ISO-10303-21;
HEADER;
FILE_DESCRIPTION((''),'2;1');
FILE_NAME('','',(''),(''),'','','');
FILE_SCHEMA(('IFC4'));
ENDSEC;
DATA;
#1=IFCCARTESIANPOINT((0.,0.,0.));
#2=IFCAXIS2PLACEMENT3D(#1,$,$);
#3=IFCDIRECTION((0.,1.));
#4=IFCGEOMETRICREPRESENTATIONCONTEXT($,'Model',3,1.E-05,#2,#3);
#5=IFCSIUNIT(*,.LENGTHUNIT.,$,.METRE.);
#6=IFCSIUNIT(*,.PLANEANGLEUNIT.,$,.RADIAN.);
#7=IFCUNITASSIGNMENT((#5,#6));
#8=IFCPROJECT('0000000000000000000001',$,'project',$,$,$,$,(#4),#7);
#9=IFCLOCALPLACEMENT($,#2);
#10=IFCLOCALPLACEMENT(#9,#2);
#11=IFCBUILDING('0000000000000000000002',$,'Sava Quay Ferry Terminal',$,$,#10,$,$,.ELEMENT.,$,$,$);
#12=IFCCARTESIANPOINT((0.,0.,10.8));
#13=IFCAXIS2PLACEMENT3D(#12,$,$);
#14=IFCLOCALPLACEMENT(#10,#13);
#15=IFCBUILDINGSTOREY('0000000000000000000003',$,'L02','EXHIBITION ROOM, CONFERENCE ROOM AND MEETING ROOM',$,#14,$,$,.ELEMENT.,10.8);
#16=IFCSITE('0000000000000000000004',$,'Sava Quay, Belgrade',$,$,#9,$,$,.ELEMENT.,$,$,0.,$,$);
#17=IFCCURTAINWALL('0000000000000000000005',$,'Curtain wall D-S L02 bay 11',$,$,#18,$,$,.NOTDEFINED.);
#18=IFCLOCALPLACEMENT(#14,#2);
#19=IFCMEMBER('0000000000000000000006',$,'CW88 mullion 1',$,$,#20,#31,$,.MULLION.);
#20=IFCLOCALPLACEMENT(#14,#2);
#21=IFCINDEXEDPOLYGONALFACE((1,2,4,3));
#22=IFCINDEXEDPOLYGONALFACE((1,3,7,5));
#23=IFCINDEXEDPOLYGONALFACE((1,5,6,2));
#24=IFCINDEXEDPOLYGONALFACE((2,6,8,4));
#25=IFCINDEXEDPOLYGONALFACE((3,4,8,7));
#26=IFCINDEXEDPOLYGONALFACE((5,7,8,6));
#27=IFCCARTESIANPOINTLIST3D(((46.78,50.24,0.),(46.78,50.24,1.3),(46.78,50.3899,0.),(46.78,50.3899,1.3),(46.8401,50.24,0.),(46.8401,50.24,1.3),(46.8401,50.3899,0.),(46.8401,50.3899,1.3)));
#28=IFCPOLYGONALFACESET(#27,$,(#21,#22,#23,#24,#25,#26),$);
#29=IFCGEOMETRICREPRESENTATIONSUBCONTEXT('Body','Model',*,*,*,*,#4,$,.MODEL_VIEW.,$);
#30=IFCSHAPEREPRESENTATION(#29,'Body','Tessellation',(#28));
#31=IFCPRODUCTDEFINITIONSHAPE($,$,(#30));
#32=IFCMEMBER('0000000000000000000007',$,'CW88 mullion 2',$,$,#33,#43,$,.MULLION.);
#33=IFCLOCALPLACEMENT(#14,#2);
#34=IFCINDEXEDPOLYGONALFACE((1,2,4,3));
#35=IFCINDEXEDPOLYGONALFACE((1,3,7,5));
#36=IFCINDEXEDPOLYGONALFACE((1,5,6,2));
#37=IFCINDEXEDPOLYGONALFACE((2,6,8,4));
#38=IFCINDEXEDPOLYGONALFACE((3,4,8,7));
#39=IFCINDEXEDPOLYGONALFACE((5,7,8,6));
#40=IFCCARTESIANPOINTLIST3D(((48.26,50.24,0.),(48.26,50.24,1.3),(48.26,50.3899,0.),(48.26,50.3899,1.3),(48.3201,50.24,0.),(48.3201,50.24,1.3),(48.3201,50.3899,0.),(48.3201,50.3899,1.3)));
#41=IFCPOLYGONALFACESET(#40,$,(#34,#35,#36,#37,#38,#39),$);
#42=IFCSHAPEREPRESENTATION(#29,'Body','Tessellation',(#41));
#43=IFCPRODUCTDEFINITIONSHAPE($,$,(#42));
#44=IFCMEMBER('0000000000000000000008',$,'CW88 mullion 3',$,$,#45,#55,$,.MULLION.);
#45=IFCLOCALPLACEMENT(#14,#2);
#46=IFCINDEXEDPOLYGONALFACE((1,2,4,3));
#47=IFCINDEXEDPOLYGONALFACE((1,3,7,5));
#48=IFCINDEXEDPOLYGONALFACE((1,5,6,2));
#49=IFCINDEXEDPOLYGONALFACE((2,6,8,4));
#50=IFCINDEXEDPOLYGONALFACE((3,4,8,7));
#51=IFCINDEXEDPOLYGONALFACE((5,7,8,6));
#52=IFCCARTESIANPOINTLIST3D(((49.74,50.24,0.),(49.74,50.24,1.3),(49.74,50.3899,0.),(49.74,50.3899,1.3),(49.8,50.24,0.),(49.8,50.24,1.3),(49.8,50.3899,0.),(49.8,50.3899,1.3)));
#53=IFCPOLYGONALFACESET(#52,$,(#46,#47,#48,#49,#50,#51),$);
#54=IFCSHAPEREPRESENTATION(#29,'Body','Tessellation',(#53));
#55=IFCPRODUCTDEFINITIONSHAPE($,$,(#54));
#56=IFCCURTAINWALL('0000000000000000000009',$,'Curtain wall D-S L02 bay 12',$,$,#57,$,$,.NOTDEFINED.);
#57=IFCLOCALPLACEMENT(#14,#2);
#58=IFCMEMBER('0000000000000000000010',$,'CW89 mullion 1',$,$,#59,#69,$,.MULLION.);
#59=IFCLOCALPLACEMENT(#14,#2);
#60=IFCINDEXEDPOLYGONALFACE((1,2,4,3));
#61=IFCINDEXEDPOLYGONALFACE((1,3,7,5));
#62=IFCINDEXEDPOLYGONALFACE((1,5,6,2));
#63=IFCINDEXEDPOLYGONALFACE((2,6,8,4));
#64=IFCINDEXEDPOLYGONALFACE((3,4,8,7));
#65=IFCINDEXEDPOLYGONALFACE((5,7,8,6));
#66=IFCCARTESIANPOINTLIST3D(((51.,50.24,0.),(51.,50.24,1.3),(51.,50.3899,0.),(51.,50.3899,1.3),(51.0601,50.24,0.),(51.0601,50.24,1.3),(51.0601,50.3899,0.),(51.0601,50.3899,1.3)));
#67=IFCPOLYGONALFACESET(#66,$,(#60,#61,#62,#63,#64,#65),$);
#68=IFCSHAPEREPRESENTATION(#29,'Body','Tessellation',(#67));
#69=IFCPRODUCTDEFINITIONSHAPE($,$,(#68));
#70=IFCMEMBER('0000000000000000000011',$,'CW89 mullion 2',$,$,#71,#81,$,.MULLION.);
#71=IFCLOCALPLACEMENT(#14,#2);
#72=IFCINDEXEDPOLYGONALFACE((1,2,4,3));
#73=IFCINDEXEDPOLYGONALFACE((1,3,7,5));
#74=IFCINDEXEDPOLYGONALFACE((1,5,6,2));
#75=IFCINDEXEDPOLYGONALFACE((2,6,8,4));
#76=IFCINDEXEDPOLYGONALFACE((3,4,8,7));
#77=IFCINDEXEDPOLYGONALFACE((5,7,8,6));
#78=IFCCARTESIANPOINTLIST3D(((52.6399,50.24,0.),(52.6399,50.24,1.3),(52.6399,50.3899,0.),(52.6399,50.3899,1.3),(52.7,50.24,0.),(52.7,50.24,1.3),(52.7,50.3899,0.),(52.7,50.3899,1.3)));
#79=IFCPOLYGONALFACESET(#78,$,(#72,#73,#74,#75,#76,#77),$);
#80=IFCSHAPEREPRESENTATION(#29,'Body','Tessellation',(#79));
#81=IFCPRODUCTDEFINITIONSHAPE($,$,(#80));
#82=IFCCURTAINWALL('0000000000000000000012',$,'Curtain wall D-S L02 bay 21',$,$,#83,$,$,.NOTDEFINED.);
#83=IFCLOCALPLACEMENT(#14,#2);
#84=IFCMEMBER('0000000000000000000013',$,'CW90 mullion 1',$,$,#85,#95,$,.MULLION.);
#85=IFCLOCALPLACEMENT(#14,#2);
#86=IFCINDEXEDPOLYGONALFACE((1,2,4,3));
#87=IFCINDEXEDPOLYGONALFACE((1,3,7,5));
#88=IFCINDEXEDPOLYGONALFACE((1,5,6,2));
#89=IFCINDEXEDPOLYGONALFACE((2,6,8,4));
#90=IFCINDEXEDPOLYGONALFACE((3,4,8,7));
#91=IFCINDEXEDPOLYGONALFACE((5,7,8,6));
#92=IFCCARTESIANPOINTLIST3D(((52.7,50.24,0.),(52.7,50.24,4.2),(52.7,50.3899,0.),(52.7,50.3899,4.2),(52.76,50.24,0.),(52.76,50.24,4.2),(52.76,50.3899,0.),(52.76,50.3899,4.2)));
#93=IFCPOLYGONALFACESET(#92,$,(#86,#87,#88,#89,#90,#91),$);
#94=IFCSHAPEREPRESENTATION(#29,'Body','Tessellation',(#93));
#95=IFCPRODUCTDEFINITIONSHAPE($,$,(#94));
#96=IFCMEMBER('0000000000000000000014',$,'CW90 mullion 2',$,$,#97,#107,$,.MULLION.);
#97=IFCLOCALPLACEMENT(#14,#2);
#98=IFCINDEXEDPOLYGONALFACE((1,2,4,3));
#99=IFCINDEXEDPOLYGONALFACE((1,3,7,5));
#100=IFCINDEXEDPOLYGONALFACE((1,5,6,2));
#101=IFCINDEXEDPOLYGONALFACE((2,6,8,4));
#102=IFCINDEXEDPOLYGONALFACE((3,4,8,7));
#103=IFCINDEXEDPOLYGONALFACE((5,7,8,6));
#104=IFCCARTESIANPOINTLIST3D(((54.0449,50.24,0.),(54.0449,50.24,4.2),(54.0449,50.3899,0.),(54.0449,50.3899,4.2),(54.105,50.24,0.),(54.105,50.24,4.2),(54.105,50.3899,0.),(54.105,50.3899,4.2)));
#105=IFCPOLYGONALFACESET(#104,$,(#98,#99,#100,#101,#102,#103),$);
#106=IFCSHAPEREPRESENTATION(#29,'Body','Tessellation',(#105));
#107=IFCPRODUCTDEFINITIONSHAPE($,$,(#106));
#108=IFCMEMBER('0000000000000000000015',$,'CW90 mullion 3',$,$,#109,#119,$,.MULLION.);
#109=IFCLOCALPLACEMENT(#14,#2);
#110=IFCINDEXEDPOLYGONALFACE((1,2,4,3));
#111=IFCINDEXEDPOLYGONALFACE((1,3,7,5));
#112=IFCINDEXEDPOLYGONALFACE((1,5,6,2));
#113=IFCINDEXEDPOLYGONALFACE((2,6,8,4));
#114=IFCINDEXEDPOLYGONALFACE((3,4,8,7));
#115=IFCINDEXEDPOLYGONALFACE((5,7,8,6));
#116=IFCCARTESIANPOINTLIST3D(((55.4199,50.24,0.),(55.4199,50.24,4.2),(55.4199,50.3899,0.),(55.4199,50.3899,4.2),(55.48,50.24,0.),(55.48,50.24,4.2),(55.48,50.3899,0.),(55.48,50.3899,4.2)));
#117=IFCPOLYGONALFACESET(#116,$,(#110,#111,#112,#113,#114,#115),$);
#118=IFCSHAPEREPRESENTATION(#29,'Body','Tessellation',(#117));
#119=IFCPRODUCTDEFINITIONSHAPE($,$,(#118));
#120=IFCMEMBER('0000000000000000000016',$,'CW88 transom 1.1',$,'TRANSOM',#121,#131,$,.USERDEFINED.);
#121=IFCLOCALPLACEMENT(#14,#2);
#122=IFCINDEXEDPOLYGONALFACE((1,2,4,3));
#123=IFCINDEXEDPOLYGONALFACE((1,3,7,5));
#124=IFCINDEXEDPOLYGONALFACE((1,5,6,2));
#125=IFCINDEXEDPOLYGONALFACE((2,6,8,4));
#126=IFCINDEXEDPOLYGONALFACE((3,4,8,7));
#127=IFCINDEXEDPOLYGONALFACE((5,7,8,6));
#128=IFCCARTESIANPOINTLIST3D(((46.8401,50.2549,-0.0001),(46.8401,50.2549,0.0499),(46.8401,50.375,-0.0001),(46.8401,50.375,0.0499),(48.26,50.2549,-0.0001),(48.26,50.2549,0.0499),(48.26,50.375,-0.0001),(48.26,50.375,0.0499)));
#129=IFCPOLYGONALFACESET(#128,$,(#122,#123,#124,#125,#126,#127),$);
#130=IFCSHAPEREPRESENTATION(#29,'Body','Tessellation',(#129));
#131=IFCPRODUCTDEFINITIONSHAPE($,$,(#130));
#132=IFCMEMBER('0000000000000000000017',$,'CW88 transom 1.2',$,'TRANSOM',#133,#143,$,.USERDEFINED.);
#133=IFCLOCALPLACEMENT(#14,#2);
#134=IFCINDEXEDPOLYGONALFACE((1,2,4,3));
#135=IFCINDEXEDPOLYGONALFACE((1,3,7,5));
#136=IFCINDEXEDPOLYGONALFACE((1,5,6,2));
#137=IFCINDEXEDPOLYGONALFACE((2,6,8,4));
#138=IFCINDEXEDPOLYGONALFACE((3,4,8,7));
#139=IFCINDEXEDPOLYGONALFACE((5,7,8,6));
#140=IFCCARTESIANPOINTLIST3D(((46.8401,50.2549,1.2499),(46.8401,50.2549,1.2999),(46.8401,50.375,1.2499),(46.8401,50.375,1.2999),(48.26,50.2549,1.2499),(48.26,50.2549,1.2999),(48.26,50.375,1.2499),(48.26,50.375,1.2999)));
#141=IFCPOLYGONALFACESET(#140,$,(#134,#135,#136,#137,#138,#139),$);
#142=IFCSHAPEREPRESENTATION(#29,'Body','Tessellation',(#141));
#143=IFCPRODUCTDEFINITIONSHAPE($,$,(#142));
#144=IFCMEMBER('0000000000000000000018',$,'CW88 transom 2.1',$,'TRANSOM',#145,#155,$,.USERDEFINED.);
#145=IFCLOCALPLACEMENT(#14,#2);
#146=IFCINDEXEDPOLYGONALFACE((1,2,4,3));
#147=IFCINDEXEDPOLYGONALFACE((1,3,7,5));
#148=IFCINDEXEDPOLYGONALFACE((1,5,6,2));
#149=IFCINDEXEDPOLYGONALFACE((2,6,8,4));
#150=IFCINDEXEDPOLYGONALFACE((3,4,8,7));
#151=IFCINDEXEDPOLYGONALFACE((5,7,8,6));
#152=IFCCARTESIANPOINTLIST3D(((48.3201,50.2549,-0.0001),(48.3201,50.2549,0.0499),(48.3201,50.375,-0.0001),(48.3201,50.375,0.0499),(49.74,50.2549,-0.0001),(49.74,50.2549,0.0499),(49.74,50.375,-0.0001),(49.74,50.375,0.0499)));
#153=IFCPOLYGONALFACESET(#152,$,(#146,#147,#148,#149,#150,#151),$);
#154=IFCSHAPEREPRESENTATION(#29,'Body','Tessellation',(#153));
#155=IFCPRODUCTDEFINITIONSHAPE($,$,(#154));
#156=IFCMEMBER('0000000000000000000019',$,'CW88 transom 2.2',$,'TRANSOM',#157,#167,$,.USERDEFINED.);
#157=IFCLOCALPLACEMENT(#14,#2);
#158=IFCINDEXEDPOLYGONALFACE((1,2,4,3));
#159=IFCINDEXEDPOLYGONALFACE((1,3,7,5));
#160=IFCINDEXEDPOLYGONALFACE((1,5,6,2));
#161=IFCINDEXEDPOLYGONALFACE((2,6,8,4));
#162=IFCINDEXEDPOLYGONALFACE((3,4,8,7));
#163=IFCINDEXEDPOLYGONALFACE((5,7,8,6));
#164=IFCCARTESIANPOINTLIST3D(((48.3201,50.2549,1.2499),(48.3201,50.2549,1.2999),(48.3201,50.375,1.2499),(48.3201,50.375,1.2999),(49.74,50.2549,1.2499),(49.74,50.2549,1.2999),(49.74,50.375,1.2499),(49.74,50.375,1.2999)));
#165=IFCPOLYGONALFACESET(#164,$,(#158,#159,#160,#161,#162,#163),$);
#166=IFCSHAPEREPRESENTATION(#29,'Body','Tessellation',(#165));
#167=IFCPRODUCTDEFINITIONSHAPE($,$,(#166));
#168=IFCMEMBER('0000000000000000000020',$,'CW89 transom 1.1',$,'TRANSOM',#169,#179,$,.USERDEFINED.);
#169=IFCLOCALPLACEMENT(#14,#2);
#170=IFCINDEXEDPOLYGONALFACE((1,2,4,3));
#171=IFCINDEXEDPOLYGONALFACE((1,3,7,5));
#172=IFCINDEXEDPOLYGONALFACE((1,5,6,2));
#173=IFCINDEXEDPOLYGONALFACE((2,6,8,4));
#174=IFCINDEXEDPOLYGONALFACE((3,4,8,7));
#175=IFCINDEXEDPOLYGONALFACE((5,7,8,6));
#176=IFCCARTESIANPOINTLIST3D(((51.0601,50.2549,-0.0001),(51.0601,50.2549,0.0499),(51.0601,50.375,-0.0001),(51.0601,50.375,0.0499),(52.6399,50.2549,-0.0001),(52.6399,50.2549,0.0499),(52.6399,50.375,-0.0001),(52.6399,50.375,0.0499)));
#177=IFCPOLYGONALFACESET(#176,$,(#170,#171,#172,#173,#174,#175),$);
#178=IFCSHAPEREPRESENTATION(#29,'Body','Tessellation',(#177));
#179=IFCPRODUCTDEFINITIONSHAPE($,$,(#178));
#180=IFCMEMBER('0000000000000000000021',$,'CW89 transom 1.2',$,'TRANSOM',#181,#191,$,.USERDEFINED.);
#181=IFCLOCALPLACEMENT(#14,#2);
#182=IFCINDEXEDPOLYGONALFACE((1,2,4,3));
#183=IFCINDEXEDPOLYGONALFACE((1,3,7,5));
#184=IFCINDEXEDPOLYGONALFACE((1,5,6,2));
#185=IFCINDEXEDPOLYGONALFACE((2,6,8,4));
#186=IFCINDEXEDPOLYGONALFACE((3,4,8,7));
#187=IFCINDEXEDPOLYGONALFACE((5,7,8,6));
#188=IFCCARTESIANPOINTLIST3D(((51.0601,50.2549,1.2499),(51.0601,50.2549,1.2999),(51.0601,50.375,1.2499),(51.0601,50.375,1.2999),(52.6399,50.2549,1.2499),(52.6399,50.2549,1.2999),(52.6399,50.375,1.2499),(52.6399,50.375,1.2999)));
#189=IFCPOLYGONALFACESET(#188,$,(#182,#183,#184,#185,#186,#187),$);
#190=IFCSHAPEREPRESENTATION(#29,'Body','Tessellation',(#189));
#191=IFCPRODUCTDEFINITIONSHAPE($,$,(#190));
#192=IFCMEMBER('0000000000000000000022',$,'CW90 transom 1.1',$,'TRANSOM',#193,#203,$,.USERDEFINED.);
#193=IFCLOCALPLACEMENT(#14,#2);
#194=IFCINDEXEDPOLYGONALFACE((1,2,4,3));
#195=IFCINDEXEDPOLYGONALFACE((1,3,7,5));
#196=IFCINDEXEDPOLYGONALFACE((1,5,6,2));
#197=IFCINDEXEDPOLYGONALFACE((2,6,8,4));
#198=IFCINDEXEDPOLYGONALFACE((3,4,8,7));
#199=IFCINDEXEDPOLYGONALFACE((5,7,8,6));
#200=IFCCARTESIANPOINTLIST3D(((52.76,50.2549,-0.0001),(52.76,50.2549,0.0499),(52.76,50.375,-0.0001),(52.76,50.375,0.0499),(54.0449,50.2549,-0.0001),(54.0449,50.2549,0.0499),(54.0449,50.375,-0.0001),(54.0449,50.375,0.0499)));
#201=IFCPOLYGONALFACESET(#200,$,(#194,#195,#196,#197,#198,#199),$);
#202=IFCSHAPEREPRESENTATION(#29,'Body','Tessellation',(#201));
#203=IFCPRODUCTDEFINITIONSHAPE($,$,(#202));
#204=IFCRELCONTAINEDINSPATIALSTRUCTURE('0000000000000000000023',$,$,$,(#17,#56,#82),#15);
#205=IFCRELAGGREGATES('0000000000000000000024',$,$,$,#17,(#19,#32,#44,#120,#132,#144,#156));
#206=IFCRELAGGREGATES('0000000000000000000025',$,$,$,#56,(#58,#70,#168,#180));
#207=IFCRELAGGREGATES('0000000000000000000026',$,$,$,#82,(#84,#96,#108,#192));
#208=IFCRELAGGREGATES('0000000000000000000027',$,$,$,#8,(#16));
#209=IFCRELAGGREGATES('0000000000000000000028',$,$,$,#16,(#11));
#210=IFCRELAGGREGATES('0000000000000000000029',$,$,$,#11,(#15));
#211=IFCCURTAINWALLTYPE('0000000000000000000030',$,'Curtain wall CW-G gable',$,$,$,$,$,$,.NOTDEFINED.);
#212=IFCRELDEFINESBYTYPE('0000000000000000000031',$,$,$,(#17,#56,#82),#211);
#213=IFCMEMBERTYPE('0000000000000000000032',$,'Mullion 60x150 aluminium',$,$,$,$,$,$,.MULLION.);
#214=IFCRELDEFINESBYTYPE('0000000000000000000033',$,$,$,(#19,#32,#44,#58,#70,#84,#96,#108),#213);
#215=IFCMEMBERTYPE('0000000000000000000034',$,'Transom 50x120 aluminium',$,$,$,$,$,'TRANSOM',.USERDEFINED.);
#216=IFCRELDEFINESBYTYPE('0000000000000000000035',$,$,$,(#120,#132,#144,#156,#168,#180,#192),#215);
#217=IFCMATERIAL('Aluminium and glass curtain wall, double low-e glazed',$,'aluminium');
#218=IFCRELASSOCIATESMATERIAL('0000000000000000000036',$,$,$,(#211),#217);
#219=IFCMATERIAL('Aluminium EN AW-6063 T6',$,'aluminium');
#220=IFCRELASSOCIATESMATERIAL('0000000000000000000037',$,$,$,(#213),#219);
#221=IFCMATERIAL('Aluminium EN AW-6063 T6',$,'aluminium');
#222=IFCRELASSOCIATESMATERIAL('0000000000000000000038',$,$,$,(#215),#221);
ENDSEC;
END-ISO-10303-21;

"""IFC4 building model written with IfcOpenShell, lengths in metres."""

from ifc_helpers import new_model, si_unit, direction, frame, origin, origin_2d, place, context, subcontext, project, spatial, rectangle, extrude, material, material_profile, profile_set, type_object, element, aggregate, save


model = new_model("IFC4")

# Units and contexts
model_context = context("Model", 3, precision=1e-05, world=origin(), true_north=direction((0.0, 1.0)))
body_context = subcontext(model_context, "Body", "Model", "MODEL_VIEW")
ifc_project = project(units=[si_unit("LENGTHUNIT", "METRE"), si_unit("PLANEANGLEUNIT", "RADIAN")], contexts=[model_context])

# Site, building, storey
site_placement = place(None, origin())
site = spatial("IfcSite", under=ifc_project, at=site_placement, Name="Sava Quay, Belgrade", CompositionType="ELEMENT", RefElevation=0.0)
building_placement = place(site_placement, origin())
building = spatial("IfcBuilding", under=site, at=building_placement, Name="Sava Quay Ferry Terminal", CompositionType="ELEMENT")
storey_placement = place(building_placement, frame((0.0, 0.0, 10.8)))
storey = spatial("IfcBuildingStorey", under=building, at=storey_placement, Name="L02", Description="EXHIBITION ROOM, CONFERENCE ROOM AND MEETING ROOM", CompositionType="ELEMENT", Elevation=10.8)

# Curtain walls, members
ifc_material_1 = material(Name="Aluminium and glass curtain wall, double low-e glazed", Category="aluminium")
curtain_wall_type = type_object("IfcCurtainWallType", Name="Curtain wall CW-G gable", PredefinedType="NOTDEFINED", material=ifc_material_1)
curtain_wall_1_placement = place(storey_placement, origin())
curtain_wall_1 = element("IfcCurtainWall", 1, at=curtain_wall_1_placement, inside=storey, type_object=curtain_wall_type, Name="Curtain wall D-S L02 bay 11", PredefinedType="NOTDEFINED")
ifc_material_2 = material(Name="Aluminium EN AW-6063 T6", Category="aluminium")
ifc_material_profile_1 = material_profile(ifc_material_2, rectangle(XDim=0.1499, YDim=0.0601, at=origin_2d()), Name="Mullion 60x150 aluminium")
ifc_profile_set_1 = profile_set([ifc_material_profile_1], Name="Aluminium EN AW-6063 T6")
member_type_1 = type_object("IfcMemberType", Name="Mullion 60x150 aluminium", PredefinedType="MULLION", material=ifc_profile_set_1)
member_1_placement = place(storey_placement, frame((46.8101, 50.3149, 0.0), z_axis=(0.0, 0.0, 1.0), x_axis=(0.0, 1.0, 0.0)))
member_1 = element("IfcMember", 2, at=member_1_placement, type_object=member_type_1, Name="CW88 mullion 1", PredefinedType="MULLION", context=body_context, shape_type="SweptSolid", body=[
    extrude(rectangle(XDim=0.1499, YDim=0.0601, at=origin_2d()), origin(), (0.0, 0.0, 1.0), 1.3),
])
member_2_placement = place(storey_placement, frame((48.29, 50.3149, 0.0), z_axis=(0.0, 0.0, 1.0), x_axis=(0.0, 1.0, 0.0)))
member_2 = element("IfcMember", 3, at=member_2_placement, type_object=member_type_1, Name="CW88 mullion 2", PredefinedType="MULLION", context=body_context, shape_type="SweptSolid", body=[
    extrude(rectangle(XDim=0.1499, YDim=0.0601, at=origin_2d()), origin(), (0.0, 0.0, 1.0), 1.3),
])
member_3_placement = place(storey_placement, frame((49.77, 50.3149, 0.0), z_axis=(0.0, 0.0, 1.0), x_axis=(0.0, 1.0, 0.0)))
member_3 = element("IfcMember", 4, at=member_3_placement, type_object=member_type_1, Name="CW88 mullion 3", PredefinedType="MULLION", context=body_context, shape_type="SweptSolid", body=[
    extrude(rectangle(XDim=0.1499, YDim=0.0601, at=origin_2d()), origin(), (0.0, 0.0, 1.0), 1.3),
])
curtain_wall_2_placement = place(storey_placement, origin())
curtain_wall_2 = element("IfcCurtainWall", 5, at=curtain_wall_2_placement, inside=storey, type_object=curtain_wall_type, Name="Curtain wall D-S L02 bay 12", PredefinedType="NOTDEFINED")
member_4_placement = place(storey_placement, frame((51.03, 50.3149, 0.0), z_axis=(0.0, 0.0, 1.0), x_axis=(0.0, 1.0, 0.0)))
member_4 = element("IfcMember", 6, at=member_4_placement, type_object=member_type_1, Name="CW89 mullion 1", PredefinedType="MULLION", context=body_context, shape_type="SweptSolid", body=[
    extrude(rectangle(XDim=0.1499, YDim=0.0601, at=origin_2d()), origin(), (0.0, 0.0, 1.0), 1.3),
])
member_5_placement = place(storey_placement, frame((52.6699, 50.3149, 0.0), z_axis=(0.0, 0.0, 1.0), x_axis=(0.0, 1.0, 0.0)))
member_5 = element("IfcMember", 7, at=member_5_placement, type_object=member_type_1, Name="CW89 mullion 2", PredefinedType="MULLION", context=body_context, shape_type="SweptSolid", body=[
    extrude(rectangle(XDim=0.1499, YDim=0.0601, at=origin_2d()), origin(), (0.0, 0.0, 1.0), 1.3),
])
curtain_wall_3_placement = place(storey_placement, origin())
curtain_wall_3 = element("IfcCurtainWall", 8, at=curtain_wall_3_placement, inside=storey, type_object=curtain_wall_type, Name="Curtain wall D-S L02 bay 21", PredefinedType="NOTDEFINED")
member_6_placement = place(storey_placement, frame((52.73, 50.3149, 0.0), z_axis=(0.0, 0.0, 1.0), x_axis=(0.0, 1.0, 0.0)))
member_6 = element("IfcMember", 9, at=member_6_placement, type_object=member_type_1, Name="CW90 mullion 1", PredefinedType="MULLION", context=body_context, shape_type="SweptSolid", body=[
    extrude(rectangle(XDim=0.1499, YDim=0.0601, at=origin_2d()), origin(), (0.0, 0.0, 1.0), 4.2),
])
member_7_placement = place(storey_placement, frame((54.075, 50.3149, 0.0), z_axis=(0.0, 0.0, 1.0), x_axis=(0.0, 1.0, 0.0)))
member_7 = element("IfcMember", 10, at=member_7_placement, type_object=member_type_1, Name="CW90 mullion 2", PredefinedType="MULLION", context=body_context, shape_type="SweptSolid", body=[
    extrude(rectangle(XDim=0.1499, YDim=0.0601, at=origin_2d()), origin(), (0.0, 0.0, 1.0), 4.2),
])
member_8_placement = place(storey_placement, frame((55.45, 50.3149, 0.0), z_axis=(0.0, 0.0, 1.0), x_axis=(0.0, 1.0, 0.0)))
member_8 = element("IfcMember", 11, at=member_8_placement, type_object=member_type_1, Name="CW90 mullion 3", PredefinedType="MULLION", context=body_context, shape_type="SweptSolid", body=[
    extrude(rectangle(XDim=0.1499, YDim=0.0601, at=origin_2d()), origin(), (0.0, 0.0, 1.0), 4.2),
])

# Members
ifc_material_3 = material(Name="Aluminium EN AW-6063 T6", Category="aluminium")
ifc_material_profile_2 = material_profile(ifc_material_3, rectangle(XDim=0.1201, YDim=0.05, at=origin_2d()), Name="Transom 50x120 aluminium")
ifc_profile_set_2 = profile_set([ifc_material_profile_2], Name="Aluminium EN AW-6063 T6")
member_type_2 = type_object("IfcMemberType", Name="Transom 50x120 aluminium", ElementType="TRANSOM", PredefinedType="USERDEFINED", material=ifc_profile_set_2)
member_9_placement = place(storey_placement, frame((46.8401, 50.3149, 0.0249), z_axis=(1.0, 0.0, 0.0), x_axis=(0.0, 1.0, 0.0)))
member_9 = element("IfcMember", 12, at=member_9_placement, type_object=member_type_2, Name="CW88 transom 1.1", ObjectType="TRANSOM", PredefinedType="USERDEFINED", context=body_context, shape_type="SweptSolid", body=[
    extrude(rectangle(XDim=0.1201, YDim=0.05, at=origin_2d()), origin(), (0.0, 0.0, 1.0), 1.4199),
])
member_10_placement = place(storey_placement, frame((46.8401, 50.3149, 1.2749), z_axis=(1.0, 0.0, 0.0), x_axis=(0.0, 1.0, 0.0)))
member_10 = element("IfcMember", 13, at=member_10_placement, type_object=member_type_2, Name="CW88 transom 1.2", ObjectType="TRANSOM", PredefinedType="USERDEFINED", context=body_context, shape_type="SweptSolid", body=[
    extrude(rectangle(XDim=0.1201, YDim=0.05, at=origin_2d()), origin(), (0.0, 0.0, 1.0), 1.4199),
])
member_11_placement = place(storey_placement, frame((48.3201, 50.3149, 0.0249), z_axis=(1.0, 0.0, 0.0), x_axis=(0.0, 1.0, 0.0)))
member_11 = element("IfcMember", 14, at=member_11_placement, type_object=member_type_2, Name="CW88 transom 2.1", ObjectType="TRANSOM", PredefinedType="USERDEFINED", context=body_context, shape_type="SweptSolid", body=[
    extrude(rectangle(XDim=0.1201, YDim=0.05, at=origin_2d()), origin(), (0.0, 0.0, 1.0), 1.4199),
])
member_12_placement = place(storey_placement, frame((48.3201, 50.3149, 1.2749), z_axis=(1.0, 0.0, 0.0), x_axis=(0.0, 1.0, 0.0)))
member_12 = element("IfcMember", 15, at=member_12_placement, type_object=member_type_2, Name="CW88 transom 2.2", ObjectType="TRANSOM", PredefinedType="USERDEFINED", context=body_context, shape_type="SweptSolid", body=[
    extrude(rectangle(XDim=0.1201, YDim=0.05, at=origin_2d()), origin(), (0.0, 0.0, 1.0), 1.4199),
])
member_13_placement = place(storey_placement, frame((51.0601, 50.3149, 0.0249), z_axis=(1.0, 0.0, 0.0), x_axis=(0.0, 1.0, 0.0)))
member_13 = element("IfcMember", 16, at=member_13_placement, type_object=member_type_2, Name="CW89 transom 1.1", ObjectType="TRANSOM", PredefinedType="USERDEFINED", context=body_context, shape_type="SweptSolid", body=[
    extrude(rectangle(XDim=0.1201, YDim=0.05, at=origin_2d()), origin(), (0.0, 0.0, 1.0), 1.5798),
])
member_14_placement = place(storey_placement, frame((51.0601, 50.3149, 1.2749), z_axis=(1.0, 0.0, 0.0), x_axis=(0.0, 1.0, 0.0)))
member_14 = element("IfcMember", 17, at=member_14_placement, type_object=member_type_2, Name="CW89 transom 1.2", ObjectType="TRANSOM", PredefinedType="USERDEFINED", context=body_context, shape_type="SweptSolid", body=[
    extrude(rectangle(XDim=0.1201, YDim=0.05, at=origin_2d()), origin(), (0.0, 0.0, 1.0), 1.5798),
])
member_15_placement = place(storey_placement, frame((52.76, 50.3149, 0.0249), z_axis=(1.0, 0.0, 0.0), x_axis=(0.0, 1.0, 0.0)))
member_15 = element("IfcMember", 18, at=member_15_placement, type_object=member_type_2, Name="CW90 transom 1.1", ObjectType="TRANSOM", PredefinedType="USERDEFINED", context=body_context, shape_type="SweptSolid", body=[
    extrude(rectangle(XDim=0.1201, YDim=0.05, at=origin_2d()), origin(), (0.0, 0.0, 1.0), 1.2849),
])

aggregate(curtain_wall_1, [member_1, member_2, member_3, member_9, member_10, member_11, member_12])
aggregate(curtain_wall_2, [member_4, member_5, member_13, member_14])
aggregate(curtain_wall_3, [member_6, member_7, member_8, member_15])

save(model, "model.ifc")
